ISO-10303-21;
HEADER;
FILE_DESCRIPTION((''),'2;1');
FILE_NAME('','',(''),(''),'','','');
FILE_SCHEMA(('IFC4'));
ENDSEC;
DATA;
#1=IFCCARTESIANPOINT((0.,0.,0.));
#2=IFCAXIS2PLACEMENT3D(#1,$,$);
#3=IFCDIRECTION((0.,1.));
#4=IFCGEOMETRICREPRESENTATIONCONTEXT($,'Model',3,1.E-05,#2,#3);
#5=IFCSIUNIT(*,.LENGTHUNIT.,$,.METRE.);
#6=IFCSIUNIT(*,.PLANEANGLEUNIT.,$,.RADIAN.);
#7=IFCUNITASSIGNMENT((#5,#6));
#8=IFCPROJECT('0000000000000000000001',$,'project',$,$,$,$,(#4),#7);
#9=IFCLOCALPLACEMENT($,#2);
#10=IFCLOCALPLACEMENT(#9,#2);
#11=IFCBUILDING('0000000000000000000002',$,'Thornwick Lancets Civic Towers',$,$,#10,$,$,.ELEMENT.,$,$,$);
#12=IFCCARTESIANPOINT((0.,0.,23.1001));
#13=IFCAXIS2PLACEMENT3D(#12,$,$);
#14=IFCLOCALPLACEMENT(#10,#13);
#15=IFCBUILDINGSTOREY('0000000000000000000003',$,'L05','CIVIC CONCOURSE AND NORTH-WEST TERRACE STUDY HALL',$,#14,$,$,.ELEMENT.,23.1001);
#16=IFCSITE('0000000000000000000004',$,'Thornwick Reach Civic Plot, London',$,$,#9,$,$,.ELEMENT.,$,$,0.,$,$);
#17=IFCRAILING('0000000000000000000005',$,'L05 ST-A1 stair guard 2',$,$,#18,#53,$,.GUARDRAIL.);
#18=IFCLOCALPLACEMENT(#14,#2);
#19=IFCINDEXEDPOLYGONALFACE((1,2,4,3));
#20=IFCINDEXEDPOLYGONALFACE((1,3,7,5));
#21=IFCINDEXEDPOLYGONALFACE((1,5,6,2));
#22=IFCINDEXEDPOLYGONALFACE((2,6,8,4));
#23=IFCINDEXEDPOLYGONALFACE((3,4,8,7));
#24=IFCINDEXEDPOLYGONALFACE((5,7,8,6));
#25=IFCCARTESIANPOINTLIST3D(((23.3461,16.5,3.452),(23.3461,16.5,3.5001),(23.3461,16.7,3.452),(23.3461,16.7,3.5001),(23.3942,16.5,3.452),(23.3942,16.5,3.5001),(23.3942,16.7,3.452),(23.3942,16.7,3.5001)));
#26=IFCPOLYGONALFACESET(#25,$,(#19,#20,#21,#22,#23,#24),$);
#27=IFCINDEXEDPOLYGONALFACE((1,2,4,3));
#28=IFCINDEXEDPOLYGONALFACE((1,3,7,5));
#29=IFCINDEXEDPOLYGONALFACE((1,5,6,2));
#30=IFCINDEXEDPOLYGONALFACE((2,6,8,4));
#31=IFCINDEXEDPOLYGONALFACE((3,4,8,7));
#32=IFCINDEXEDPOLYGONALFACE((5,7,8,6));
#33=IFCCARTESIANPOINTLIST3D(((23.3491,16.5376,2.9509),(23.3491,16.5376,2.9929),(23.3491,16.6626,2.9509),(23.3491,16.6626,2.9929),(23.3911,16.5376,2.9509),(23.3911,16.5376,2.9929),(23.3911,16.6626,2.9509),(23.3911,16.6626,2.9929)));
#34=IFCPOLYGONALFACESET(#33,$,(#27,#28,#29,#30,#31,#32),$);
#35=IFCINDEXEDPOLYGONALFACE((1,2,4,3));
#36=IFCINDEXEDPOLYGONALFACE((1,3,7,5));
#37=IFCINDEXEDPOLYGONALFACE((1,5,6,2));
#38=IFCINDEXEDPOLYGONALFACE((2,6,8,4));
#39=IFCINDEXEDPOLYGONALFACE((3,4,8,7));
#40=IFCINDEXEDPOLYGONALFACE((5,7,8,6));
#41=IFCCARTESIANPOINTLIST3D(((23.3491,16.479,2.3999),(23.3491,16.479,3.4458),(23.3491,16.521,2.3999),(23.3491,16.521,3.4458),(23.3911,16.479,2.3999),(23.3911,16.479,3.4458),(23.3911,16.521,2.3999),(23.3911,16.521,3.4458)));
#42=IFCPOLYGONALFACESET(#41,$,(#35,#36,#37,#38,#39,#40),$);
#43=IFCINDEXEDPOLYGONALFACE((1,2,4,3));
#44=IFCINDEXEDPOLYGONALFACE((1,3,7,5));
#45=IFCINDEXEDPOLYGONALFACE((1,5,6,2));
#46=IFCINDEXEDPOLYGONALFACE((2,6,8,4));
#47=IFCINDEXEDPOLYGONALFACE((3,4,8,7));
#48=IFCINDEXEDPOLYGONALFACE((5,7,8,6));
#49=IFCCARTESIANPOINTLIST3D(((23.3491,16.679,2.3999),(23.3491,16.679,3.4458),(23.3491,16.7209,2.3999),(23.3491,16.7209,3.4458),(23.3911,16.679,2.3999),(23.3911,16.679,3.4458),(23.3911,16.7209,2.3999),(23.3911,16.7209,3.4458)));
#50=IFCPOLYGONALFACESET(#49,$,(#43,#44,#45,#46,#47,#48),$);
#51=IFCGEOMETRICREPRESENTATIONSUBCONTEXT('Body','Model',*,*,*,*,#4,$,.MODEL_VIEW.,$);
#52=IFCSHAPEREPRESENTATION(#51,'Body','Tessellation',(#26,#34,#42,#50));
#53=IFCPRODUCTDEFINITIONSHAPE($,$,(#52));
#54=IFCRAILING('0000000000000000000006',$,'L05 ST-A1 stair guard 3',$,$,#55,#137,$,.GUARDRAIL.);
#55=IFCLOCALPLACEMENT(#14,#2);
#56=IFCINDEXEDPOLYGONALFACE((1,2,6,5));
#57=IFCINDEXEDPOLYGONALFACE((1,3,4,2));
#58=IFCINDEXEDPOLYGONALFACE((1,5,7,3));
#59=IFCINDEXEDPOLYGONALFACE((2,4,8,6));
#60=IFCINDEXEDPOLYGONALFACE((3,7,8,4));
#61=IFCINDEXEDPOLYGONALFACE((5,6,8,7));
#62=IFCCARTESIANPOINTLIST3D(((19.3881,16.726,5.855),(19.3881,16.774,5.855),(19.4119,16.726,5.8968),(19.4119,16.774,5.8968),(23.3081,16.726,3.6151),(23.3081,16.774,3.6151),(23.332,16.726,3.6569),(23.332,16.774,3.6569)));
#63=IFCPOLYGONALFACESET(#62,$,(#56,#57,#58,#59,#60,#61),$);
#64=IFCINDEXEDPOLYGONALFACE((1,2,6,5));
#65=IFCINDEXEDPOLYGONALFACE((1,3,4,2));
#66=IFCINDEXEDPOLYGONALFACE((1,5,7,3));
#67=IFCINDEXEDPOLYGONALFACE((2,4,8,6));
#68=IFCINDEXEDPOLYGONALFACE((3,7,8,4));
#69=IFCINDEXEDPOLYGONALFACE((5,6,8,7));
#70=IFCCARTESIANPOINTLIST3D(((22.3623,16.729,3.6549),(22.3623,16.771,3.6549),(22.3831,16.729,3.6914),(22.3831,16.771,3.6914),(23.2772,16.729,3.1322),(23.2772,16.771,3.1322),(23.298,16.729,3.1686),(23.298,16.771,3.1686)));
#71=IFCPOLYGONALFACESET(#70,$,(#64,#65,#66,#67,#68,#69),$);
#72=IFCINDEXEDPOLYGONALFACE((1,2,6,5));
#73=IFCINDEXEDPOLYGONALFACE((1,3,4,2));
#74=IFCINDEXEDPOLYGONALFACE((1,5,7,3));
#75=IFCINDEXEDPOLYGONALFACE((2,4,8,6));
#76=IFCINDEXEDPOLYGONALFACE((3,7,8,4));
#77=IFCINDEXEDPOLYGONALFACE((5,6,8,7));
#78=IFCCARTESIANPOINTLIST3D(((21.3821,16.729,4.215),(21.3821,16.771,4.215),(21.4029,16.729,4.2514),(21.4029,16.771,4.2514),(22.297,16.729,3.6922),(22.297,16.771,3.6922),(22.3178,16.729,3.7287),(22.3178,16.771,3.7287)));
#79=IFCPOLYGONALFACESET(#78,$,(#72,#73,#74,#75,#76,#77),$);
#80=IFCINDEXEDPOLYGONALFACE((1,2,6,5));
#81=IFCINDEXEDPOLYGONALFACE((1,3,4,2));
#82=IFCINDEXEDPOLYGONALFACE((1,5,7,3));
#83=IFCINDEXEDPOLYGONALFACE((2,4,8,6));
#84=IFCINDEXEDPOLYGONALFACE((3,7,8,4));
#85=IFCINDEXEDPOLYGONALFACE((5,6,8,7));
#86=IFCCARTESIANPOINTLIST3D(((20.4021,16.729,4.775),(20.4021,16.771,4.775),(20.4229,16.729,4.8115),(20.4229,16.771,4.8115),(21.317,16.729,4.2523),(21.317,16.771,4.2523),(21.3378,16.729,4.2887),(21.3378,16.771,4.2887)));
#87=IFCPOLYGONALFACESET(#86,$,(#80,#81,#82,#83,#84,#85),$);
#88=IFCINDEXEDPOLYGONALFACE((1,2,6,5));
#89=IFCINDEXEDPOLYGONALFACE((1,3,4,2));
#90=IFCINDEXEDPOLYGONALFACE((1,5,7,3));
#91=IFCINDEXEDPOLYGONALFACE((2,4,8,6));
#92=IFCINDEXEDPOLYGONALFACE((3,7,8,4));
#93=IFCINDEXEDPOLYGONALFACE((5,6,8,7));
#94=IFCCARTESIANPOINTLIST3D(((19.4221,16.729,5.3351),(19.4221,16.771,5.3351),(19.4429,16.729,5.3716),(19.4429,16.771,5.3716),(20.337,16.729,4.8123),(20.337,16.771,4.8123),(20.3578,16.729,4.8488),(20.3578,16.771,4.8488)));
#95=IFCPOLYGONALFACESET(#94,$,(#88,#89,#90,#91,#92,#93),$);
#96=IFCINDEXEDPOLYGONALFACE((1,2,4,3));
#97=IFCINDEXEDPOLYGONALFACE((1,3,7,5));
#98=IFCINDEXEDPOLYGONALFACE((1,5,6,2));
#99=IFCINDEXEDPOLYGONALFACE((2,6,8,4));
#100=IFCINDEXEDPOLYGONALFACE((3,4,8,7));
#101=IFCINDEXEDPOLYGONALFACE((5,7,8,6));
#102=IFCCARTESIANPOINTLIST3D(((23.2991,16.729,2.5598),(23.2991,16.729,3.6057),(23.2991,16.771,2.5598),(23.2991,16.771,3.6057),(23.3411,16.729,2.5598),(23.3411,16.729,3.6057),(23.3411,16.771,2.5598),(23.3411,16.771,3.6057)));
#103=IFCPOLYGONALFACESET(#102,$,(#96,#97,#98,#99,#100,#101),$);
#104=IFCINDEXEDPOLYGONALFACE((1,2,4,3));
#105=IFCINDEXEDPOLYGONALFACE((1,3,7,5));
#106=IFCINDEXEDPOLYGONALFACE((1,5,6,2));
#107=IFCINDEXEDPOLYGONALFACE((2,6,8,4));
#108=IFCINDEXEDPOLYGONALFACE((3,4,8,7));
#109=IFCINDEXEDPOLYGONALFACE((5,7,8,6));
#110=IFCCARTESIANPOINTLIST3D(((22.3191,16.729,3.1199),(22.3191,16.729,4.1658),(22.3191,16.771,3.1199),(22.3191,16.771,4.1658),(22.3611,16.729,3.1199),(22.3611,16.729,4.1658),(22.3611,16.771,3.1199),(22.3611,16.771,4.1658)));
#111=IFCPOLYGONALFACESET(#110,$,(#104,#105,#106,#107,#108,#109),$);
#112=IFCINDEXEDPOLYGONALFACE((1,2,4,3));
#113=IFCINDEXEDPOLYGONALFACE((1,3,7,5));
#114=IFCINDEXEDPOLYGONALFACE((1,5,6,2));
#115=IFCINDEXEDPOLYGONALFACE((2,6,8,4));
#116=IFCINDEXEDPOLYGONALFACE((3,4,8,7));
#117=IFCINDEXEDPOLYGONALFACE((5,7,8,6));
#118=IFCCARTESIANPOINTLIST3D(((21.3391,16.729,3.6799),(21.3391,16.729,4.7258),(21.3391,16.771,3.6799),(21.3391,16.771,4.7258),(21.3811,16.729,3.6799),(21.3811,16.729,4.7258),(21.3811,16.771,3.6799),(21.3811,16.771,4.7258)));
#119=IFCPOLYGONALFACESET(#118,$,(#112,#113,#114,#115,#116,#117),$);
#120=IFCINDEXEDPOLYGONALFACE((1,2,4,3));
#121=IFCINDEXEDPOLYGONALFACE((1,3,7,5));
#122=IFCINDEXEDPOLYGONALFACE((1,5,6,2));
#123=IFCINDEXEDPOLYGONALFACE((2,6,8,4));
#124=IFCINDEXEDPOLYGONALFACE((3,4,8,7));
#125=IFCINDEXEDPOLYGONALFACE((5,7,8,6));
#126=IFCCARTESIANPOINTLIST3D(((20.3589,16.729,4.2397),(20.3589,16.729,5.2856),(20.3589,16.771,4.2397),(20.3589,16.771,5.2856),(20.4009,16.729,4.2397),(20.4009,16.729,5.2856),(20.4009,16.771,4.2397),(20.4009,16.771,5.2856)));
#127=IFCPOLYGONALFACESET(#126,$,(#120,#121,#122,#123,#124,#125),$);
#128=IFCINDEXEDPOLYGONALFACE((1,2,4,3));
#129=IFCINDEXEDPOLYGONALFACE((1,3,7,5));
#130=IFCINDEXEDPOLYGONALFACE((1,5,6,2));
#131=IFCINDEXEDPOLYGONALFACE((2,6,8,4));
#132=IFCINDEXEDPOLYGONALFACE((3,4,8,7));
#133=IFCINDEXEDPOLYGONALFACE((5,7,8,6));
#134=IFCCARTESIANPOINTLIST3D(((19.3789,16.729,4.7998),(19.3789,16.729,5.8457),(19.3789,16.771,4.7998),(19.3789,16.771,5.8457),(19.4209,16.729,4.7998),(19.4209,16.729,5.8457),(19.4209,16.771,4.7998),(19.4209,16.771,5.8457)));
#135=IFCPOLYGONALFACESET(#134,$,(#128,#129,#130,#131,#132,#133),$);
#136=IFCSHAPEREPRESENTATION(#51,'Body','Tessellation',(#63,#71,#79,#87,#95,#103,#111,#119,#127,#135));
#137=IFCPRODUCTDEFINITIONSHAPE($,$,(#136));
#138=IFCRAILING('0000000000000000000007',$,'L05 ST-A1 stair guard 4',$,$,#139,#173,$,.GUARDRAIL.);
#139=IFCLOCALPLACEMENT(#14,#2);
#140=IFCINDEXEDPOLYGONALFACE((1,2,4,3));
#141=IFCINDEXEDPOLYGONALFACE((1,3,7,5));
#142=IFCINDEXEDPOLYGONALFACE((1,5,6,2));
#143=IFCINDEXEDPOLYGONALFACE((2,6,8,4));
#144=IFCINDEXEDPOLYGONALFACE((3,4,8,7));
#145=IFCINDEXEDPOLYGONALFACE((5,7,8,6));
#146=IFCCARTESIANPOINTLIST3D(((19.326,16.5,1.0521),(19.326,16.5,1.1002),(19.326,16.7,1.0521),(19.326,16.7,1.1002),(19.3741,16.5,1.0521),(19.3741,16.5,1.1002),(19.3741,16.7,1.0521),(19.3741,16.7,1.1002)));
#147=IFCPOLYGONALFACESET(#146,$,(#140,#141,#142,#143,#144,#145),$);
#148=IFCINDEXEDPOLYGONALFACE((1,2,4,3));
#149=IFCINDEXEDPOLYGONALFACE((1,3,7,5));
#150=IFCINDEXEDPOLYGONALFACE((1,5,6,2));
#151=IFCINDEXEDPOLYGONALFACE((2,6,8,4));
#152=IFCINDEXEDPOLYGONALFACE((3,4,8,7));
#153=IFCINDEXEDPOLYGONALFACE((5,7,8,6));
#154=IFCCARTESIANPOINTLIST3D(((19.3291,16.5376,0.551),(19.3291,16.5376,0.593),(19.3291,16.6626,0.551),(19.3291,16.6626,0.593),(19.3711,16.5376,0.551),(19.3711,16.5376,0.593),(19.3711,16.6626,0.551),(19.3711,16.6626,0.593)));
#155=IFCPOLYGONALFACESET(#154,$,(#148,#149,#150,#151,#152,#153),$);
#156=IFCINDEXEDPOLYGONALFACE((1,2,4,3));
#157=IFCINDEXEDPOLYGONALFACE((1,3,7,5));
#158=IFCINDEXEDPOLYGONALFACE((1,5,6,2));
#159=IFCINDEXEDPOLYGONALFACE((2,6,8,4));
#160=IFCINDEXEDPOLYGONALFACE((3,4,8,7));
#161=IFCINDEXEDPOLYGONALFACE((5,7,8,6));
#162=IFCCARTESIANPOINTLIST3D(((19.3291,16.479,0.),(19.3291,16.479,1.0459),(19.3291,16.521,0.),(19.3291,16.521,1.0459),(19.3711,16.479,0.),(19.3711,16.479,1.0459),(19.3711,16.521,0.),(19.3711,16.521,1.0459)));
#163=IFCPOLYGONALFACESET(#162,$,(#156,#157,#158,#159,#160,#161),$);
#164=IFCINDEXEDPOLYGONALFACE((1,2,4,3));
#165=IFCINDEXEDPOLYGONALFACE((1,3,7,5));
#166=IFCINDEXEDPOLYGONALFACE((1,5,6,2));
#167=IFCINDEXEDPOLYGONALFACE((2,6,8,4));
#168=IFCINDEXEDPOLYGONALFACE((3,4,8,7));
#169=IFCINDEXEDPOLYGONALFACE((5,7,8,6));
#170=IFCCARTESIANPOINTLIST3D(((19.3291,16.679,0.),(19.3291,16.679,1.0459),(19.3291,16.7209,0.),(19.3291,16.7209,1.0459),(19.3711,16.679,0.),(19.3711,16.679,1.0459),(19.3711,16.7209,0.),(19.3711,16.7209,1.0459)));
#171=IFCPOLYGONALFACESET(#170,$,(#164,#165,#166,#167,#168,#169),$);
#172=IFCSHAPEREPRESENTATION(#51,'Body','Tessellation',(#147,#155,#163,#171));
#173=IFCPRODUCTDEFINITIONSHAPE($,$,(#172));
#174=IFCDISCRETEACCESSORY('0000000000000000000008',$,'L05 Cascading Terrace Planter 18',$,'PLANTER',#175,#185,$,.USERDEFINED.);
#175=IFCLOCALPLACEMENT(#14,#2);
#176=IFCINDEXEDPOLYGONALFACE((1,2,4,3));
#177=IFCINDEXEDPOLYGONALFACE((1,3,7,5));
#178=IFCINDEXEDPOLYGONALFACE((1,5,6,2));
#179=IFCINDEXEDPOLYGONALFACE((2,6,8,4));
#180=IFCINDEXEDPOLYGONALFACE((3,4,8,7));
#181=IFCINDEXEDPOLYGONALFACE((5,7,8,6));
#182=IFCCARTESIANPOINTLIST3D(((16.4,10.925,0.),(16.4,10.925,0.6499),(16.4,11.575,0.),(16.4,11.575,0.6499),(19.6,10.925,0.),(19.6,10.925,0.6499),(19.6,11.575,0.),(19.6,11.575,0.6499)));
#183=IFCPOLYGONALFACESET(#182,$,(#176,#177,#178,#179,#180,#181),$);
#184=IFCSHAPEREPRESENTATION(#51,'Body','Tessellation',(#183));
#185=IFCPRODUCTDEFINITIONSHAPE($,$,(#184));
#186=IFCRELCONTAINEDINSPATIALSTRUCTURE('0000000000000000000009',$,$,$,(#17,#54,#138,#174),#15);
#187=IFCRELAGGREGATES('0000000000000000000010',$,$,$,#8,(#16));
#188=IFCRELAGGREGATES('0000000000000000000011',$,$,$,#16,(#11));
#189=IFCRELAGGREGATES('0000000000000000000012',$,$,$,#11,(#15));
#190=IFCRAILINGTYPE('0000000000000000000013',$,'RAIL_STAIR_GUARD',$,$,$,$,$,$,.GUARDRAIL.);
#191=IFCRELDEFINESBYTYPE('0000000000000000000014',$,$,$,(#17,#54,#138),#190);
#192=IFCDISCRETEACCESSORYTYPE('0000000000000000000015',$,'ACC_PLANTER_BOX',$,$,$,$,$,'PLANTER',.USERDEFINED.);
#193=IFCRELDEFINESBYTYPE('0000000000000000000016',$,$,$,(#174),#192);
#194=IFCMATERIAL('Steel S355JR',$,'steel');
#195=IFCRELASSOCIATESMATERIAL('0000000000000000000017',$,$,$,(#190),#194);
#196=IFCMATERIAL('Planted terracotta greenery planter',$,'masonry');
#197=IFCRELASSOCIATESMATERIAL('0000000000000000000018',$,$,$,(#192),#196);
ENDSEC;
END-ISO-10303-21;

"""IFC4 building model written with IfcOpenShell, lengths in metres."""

from ifc_helpers import new_model, si_unit, direction, frame, origin, origin_2d, place, context, subcontext, project, spatial, rectangle, extrude, material, type_object, element, save


model = new_model("IFC4")

# Units and contexts
model_context = context("Model", 3, precision=1e-05, world=origin(), true_north=direction((0.0, 1.0)))
body_context = subcontext(model_context, "Body", "Model", "MODEL_VIEW")
ifc_project = project(units=[si_unit("LENGTHUNIT", "METRE"), si_unit("PLANEANGLEUNIT", "RADIAN")], contexts=[model_context])

# Site, building, storey
site_placement = place(None, origin())
site = spatial("IfcSite", under=ifc_project, at=site_placement, Name="Thornwick Reach Civic Plot, London", CompositionType="ELEMENT", RefElevation=0.0)
building_placement = place(site_placement, origin())
building = spatial("IfcBuilding", under=site, at=building_placement, Name="Thornwick Lancets Civic Towers", CompositionType="ELEMENT")
storey_placement = place(building_placement, frame((0.0, 0.0, 23.1001)))
storey = spatial("IfcBuildingStorey", under=building, at=storey_placement, Name="L05", Description="CIVIC CONCOURSE AND NORTH-WEST TERRACE STUDY HALL", CompositionType="ELEMENT", Elevation=23.1001)

# Railings
ifc_material_1 = material(Name="Steel S355JR", Category="steel")
railing_type_1 = type_object("IfcRailingType", Name="RAIL_STAIR_GUARD", PredefinedType="GUARDRAIL", material=ifc_material_1)
railing_1_placement = place(storey_placement, frame((23.3701, 16.5, 2.3999)))
element("IfcRailing", 1, at=railing_1_placement, inside=storey, type_object=railing_type_1, Name="L05 ST-A1 stair guard 2", PredefinedType="GUARDRAIL", context=body_context, shape_type="SweptSolid", body=[
    extrude(rectangle(XDim=0.0481, YDim=0.0481, at=origin_2d()), frame((0.0, 0.0, 1.0762), z_axis=(0.0, 1.0, 0.0), x_axis=(-1.0, 0.0, 0.0)), (0.0, 0.0, 1.0), 0.2),
    extrude(rectangle(XDim=0.042, YDim=0.042, at=origin_2d()), frame((0.0, 0.0376, 0.572), z_axis=(0.0, 1.0, 0.0), x_axis=(-1.0, 0.0, 0.0)), (0.0, 0.0, 1.0), 0.125),
    extrude(rectangle(XDim=0.042, YDim=0.042, at=origin_2d()), origin(), (0.0, 0.0, 1.0), 1.0459),
    extrude(rectangle(XDim=0.042, YDim=0.042, at=origin_2d()), frame((0.0, 0.2, 0.0)), (0.0, 0.0, 1.0), 1.0459),
])
railing_2_placement = place(storey_placement, frame((23.3201, 16.75, 2.5598)))
element("IfcRailing", 2, at=railing_2_placement, inside=storey, type_object=railing_type_1, Name="L05 ST-A1 stair guard 3", PredefinedType="GUARDRAIL", context=body_context, shape_type="SweptSolid", body=[
    extrude(rectangle(XDim=0.0481, YDim=0.0481, at=origin_2d()), frame((0.0, 0.0, 1.0762), z_axis=(-0.868253, 0.0, 0.496121), x_axis=(0.0, -1.0, 0.0)), (0.0, 0.0, 1.0), 4.5149),
    extrude(rectangle(XDim=0.042, YDim=0.042, at=origin_2d()), frame((-0.0325, 0.0, 0.5906), z_axis=(-0.868253, 0.0, 0.496121), x_axis=(0.0, -1.0, 0.0)), (0.0, 0.0, 1.0), 1.0537),
    extrude(rectangle(XDim=0.042, YDim=0.042, at=origin_2d()), frame((-1.0127, 0.0, 1.1506), z_axis=(-0.868253, 0.0, 0.496121), x_axis=(0.0, -1.0, 0.0)), (0.0, 0.0, 1.0), 1.0537),
    extrude(rectangle(XDim=0.042, YDim=0.042, at=origin_2d()), frame((-1.9927, 0.0, 1.7107), z_axis=(-0.868253, 0.0, 0.496121), x_axis=(0.0, -1.0, 0.0)), (0.0, 0.0, 1.0), 1.0537),
    extrude(rectangle(XDim=0.042, YDim=0.042, at=origin_2d()), frame((-2.9727, 0.0, 2.2708), z_axis=(-0.868253, 0.0, 0.496121), x_axis=(0.0, -1.0, 0.0)), (0.0, 0.0, 1.0), 1.0537),
    extrude(rectangle(XDim=0.042, YDim=0.042, at=origin_2d()), origin(), (0.0, 0.0, 1.0), 1.0459),
    extrude(rectangle(XDim=0.042, YDim=0.042, at=origin_2d()), frame((-0.98, 0.0, 0.5601)), (0.0, 0.0, 1.0), 1.0459),
    extrude(rectangle(XDim=0.042, YDim=0.042, at=origin_2d()), frame((-1.96, 0.0, 1.1201)), (0.0, 0.0, 1.0), 1.0459),
    extrude(rectangle(XDim=0.042, YDim=0.042, at=origin_2d()), frame((-2.9402, 0.0, 1.6799)), (0.0, 0.0, 1.0), 1.0459),
    extrude(rectangle(XDim=0.042, YDim=0.042, at=origin_2d()), frame((-3.9202, 0.0, 2.24)), (0.0, 0.0, 1.0), 1.0459),
])
railing_3_placement = place(storey_placement, frame((19.3501, 16.5, 0.0)))
element("IfcRailing", 3, at=railing_3_placement, inside=storey, type_object=railing_type_1, Name="L05 ST-A1 stair guard 4", PredefinedType="GUARDRAIL", context=body_context, shape_type="SweptSolid", body=[
    extrude(rectangle(XDim=0.0481, YDim=0.0481, at=origin_2d()), frame((0.0, 0.0, 1.0762), z_axis=(0.0, 1.0, 0.0), x_axis=(-1.0, 0.0, 0.0)), (0.0, 0.0, 1.0), 0.2),
    extrude(rectangle(XDim=0.042, YDim=0.042, at=origin_2d()), frame((0.0, 0.0376, 0.572), z_axis=(0.0, 1.0, 0.0), x_axis=(-1.0, 0.0, 0.0)), (0.0, 0.0, 1.0), 0.125),
    extrude(rectangle(XDim=0.042, YDim=0.042, at=origin_2d()), origin(), (0.0, 0.0, 1.0), 1.0459),
    extrude(rectangle(XDim=0.042, YDim=0.042, at=origin_2d()), frame((0.0, 0.2, 0.0)), (0.0, 0.0, 1.0), 1.0459),
])

# Discrete accessory
ifc_material_2 = material(Name="Planted terracotta greenery planter", Category="masonry")
discrete_accessory_type = type_object("IfcDiscreteAccessoryType", Name="ACC_PLANTER_BOX", ElementType="PLANTER", PredefinedType="USERDEFINED", material=ifc_material_2)
discrete_accessory_placement = place(storey_placement, frame((18.0, 11.25, 0.0), z_axis=(0.0, 0.0, 1.0), x_axis=(1.0, 0.0, 0.0)))
element("IfcDiscreteAccessory", 4, at=discrete_accessory_placement, inside=storey, type_object=discrete_accessory_type, Name="L05 Cascading Terrace Planter 18", ObjectType="PLANTER", PredefinedType="USERDEFINED", context=body_context, shape_type="SweptSolid", body=[
    extrude(rectangle(XDim=3.2, YDim=0.6499, at=origin_2d()), origin(), (0.0, 0.0, 1.0), 0.6499),
])

save(model, "model.ifc")
